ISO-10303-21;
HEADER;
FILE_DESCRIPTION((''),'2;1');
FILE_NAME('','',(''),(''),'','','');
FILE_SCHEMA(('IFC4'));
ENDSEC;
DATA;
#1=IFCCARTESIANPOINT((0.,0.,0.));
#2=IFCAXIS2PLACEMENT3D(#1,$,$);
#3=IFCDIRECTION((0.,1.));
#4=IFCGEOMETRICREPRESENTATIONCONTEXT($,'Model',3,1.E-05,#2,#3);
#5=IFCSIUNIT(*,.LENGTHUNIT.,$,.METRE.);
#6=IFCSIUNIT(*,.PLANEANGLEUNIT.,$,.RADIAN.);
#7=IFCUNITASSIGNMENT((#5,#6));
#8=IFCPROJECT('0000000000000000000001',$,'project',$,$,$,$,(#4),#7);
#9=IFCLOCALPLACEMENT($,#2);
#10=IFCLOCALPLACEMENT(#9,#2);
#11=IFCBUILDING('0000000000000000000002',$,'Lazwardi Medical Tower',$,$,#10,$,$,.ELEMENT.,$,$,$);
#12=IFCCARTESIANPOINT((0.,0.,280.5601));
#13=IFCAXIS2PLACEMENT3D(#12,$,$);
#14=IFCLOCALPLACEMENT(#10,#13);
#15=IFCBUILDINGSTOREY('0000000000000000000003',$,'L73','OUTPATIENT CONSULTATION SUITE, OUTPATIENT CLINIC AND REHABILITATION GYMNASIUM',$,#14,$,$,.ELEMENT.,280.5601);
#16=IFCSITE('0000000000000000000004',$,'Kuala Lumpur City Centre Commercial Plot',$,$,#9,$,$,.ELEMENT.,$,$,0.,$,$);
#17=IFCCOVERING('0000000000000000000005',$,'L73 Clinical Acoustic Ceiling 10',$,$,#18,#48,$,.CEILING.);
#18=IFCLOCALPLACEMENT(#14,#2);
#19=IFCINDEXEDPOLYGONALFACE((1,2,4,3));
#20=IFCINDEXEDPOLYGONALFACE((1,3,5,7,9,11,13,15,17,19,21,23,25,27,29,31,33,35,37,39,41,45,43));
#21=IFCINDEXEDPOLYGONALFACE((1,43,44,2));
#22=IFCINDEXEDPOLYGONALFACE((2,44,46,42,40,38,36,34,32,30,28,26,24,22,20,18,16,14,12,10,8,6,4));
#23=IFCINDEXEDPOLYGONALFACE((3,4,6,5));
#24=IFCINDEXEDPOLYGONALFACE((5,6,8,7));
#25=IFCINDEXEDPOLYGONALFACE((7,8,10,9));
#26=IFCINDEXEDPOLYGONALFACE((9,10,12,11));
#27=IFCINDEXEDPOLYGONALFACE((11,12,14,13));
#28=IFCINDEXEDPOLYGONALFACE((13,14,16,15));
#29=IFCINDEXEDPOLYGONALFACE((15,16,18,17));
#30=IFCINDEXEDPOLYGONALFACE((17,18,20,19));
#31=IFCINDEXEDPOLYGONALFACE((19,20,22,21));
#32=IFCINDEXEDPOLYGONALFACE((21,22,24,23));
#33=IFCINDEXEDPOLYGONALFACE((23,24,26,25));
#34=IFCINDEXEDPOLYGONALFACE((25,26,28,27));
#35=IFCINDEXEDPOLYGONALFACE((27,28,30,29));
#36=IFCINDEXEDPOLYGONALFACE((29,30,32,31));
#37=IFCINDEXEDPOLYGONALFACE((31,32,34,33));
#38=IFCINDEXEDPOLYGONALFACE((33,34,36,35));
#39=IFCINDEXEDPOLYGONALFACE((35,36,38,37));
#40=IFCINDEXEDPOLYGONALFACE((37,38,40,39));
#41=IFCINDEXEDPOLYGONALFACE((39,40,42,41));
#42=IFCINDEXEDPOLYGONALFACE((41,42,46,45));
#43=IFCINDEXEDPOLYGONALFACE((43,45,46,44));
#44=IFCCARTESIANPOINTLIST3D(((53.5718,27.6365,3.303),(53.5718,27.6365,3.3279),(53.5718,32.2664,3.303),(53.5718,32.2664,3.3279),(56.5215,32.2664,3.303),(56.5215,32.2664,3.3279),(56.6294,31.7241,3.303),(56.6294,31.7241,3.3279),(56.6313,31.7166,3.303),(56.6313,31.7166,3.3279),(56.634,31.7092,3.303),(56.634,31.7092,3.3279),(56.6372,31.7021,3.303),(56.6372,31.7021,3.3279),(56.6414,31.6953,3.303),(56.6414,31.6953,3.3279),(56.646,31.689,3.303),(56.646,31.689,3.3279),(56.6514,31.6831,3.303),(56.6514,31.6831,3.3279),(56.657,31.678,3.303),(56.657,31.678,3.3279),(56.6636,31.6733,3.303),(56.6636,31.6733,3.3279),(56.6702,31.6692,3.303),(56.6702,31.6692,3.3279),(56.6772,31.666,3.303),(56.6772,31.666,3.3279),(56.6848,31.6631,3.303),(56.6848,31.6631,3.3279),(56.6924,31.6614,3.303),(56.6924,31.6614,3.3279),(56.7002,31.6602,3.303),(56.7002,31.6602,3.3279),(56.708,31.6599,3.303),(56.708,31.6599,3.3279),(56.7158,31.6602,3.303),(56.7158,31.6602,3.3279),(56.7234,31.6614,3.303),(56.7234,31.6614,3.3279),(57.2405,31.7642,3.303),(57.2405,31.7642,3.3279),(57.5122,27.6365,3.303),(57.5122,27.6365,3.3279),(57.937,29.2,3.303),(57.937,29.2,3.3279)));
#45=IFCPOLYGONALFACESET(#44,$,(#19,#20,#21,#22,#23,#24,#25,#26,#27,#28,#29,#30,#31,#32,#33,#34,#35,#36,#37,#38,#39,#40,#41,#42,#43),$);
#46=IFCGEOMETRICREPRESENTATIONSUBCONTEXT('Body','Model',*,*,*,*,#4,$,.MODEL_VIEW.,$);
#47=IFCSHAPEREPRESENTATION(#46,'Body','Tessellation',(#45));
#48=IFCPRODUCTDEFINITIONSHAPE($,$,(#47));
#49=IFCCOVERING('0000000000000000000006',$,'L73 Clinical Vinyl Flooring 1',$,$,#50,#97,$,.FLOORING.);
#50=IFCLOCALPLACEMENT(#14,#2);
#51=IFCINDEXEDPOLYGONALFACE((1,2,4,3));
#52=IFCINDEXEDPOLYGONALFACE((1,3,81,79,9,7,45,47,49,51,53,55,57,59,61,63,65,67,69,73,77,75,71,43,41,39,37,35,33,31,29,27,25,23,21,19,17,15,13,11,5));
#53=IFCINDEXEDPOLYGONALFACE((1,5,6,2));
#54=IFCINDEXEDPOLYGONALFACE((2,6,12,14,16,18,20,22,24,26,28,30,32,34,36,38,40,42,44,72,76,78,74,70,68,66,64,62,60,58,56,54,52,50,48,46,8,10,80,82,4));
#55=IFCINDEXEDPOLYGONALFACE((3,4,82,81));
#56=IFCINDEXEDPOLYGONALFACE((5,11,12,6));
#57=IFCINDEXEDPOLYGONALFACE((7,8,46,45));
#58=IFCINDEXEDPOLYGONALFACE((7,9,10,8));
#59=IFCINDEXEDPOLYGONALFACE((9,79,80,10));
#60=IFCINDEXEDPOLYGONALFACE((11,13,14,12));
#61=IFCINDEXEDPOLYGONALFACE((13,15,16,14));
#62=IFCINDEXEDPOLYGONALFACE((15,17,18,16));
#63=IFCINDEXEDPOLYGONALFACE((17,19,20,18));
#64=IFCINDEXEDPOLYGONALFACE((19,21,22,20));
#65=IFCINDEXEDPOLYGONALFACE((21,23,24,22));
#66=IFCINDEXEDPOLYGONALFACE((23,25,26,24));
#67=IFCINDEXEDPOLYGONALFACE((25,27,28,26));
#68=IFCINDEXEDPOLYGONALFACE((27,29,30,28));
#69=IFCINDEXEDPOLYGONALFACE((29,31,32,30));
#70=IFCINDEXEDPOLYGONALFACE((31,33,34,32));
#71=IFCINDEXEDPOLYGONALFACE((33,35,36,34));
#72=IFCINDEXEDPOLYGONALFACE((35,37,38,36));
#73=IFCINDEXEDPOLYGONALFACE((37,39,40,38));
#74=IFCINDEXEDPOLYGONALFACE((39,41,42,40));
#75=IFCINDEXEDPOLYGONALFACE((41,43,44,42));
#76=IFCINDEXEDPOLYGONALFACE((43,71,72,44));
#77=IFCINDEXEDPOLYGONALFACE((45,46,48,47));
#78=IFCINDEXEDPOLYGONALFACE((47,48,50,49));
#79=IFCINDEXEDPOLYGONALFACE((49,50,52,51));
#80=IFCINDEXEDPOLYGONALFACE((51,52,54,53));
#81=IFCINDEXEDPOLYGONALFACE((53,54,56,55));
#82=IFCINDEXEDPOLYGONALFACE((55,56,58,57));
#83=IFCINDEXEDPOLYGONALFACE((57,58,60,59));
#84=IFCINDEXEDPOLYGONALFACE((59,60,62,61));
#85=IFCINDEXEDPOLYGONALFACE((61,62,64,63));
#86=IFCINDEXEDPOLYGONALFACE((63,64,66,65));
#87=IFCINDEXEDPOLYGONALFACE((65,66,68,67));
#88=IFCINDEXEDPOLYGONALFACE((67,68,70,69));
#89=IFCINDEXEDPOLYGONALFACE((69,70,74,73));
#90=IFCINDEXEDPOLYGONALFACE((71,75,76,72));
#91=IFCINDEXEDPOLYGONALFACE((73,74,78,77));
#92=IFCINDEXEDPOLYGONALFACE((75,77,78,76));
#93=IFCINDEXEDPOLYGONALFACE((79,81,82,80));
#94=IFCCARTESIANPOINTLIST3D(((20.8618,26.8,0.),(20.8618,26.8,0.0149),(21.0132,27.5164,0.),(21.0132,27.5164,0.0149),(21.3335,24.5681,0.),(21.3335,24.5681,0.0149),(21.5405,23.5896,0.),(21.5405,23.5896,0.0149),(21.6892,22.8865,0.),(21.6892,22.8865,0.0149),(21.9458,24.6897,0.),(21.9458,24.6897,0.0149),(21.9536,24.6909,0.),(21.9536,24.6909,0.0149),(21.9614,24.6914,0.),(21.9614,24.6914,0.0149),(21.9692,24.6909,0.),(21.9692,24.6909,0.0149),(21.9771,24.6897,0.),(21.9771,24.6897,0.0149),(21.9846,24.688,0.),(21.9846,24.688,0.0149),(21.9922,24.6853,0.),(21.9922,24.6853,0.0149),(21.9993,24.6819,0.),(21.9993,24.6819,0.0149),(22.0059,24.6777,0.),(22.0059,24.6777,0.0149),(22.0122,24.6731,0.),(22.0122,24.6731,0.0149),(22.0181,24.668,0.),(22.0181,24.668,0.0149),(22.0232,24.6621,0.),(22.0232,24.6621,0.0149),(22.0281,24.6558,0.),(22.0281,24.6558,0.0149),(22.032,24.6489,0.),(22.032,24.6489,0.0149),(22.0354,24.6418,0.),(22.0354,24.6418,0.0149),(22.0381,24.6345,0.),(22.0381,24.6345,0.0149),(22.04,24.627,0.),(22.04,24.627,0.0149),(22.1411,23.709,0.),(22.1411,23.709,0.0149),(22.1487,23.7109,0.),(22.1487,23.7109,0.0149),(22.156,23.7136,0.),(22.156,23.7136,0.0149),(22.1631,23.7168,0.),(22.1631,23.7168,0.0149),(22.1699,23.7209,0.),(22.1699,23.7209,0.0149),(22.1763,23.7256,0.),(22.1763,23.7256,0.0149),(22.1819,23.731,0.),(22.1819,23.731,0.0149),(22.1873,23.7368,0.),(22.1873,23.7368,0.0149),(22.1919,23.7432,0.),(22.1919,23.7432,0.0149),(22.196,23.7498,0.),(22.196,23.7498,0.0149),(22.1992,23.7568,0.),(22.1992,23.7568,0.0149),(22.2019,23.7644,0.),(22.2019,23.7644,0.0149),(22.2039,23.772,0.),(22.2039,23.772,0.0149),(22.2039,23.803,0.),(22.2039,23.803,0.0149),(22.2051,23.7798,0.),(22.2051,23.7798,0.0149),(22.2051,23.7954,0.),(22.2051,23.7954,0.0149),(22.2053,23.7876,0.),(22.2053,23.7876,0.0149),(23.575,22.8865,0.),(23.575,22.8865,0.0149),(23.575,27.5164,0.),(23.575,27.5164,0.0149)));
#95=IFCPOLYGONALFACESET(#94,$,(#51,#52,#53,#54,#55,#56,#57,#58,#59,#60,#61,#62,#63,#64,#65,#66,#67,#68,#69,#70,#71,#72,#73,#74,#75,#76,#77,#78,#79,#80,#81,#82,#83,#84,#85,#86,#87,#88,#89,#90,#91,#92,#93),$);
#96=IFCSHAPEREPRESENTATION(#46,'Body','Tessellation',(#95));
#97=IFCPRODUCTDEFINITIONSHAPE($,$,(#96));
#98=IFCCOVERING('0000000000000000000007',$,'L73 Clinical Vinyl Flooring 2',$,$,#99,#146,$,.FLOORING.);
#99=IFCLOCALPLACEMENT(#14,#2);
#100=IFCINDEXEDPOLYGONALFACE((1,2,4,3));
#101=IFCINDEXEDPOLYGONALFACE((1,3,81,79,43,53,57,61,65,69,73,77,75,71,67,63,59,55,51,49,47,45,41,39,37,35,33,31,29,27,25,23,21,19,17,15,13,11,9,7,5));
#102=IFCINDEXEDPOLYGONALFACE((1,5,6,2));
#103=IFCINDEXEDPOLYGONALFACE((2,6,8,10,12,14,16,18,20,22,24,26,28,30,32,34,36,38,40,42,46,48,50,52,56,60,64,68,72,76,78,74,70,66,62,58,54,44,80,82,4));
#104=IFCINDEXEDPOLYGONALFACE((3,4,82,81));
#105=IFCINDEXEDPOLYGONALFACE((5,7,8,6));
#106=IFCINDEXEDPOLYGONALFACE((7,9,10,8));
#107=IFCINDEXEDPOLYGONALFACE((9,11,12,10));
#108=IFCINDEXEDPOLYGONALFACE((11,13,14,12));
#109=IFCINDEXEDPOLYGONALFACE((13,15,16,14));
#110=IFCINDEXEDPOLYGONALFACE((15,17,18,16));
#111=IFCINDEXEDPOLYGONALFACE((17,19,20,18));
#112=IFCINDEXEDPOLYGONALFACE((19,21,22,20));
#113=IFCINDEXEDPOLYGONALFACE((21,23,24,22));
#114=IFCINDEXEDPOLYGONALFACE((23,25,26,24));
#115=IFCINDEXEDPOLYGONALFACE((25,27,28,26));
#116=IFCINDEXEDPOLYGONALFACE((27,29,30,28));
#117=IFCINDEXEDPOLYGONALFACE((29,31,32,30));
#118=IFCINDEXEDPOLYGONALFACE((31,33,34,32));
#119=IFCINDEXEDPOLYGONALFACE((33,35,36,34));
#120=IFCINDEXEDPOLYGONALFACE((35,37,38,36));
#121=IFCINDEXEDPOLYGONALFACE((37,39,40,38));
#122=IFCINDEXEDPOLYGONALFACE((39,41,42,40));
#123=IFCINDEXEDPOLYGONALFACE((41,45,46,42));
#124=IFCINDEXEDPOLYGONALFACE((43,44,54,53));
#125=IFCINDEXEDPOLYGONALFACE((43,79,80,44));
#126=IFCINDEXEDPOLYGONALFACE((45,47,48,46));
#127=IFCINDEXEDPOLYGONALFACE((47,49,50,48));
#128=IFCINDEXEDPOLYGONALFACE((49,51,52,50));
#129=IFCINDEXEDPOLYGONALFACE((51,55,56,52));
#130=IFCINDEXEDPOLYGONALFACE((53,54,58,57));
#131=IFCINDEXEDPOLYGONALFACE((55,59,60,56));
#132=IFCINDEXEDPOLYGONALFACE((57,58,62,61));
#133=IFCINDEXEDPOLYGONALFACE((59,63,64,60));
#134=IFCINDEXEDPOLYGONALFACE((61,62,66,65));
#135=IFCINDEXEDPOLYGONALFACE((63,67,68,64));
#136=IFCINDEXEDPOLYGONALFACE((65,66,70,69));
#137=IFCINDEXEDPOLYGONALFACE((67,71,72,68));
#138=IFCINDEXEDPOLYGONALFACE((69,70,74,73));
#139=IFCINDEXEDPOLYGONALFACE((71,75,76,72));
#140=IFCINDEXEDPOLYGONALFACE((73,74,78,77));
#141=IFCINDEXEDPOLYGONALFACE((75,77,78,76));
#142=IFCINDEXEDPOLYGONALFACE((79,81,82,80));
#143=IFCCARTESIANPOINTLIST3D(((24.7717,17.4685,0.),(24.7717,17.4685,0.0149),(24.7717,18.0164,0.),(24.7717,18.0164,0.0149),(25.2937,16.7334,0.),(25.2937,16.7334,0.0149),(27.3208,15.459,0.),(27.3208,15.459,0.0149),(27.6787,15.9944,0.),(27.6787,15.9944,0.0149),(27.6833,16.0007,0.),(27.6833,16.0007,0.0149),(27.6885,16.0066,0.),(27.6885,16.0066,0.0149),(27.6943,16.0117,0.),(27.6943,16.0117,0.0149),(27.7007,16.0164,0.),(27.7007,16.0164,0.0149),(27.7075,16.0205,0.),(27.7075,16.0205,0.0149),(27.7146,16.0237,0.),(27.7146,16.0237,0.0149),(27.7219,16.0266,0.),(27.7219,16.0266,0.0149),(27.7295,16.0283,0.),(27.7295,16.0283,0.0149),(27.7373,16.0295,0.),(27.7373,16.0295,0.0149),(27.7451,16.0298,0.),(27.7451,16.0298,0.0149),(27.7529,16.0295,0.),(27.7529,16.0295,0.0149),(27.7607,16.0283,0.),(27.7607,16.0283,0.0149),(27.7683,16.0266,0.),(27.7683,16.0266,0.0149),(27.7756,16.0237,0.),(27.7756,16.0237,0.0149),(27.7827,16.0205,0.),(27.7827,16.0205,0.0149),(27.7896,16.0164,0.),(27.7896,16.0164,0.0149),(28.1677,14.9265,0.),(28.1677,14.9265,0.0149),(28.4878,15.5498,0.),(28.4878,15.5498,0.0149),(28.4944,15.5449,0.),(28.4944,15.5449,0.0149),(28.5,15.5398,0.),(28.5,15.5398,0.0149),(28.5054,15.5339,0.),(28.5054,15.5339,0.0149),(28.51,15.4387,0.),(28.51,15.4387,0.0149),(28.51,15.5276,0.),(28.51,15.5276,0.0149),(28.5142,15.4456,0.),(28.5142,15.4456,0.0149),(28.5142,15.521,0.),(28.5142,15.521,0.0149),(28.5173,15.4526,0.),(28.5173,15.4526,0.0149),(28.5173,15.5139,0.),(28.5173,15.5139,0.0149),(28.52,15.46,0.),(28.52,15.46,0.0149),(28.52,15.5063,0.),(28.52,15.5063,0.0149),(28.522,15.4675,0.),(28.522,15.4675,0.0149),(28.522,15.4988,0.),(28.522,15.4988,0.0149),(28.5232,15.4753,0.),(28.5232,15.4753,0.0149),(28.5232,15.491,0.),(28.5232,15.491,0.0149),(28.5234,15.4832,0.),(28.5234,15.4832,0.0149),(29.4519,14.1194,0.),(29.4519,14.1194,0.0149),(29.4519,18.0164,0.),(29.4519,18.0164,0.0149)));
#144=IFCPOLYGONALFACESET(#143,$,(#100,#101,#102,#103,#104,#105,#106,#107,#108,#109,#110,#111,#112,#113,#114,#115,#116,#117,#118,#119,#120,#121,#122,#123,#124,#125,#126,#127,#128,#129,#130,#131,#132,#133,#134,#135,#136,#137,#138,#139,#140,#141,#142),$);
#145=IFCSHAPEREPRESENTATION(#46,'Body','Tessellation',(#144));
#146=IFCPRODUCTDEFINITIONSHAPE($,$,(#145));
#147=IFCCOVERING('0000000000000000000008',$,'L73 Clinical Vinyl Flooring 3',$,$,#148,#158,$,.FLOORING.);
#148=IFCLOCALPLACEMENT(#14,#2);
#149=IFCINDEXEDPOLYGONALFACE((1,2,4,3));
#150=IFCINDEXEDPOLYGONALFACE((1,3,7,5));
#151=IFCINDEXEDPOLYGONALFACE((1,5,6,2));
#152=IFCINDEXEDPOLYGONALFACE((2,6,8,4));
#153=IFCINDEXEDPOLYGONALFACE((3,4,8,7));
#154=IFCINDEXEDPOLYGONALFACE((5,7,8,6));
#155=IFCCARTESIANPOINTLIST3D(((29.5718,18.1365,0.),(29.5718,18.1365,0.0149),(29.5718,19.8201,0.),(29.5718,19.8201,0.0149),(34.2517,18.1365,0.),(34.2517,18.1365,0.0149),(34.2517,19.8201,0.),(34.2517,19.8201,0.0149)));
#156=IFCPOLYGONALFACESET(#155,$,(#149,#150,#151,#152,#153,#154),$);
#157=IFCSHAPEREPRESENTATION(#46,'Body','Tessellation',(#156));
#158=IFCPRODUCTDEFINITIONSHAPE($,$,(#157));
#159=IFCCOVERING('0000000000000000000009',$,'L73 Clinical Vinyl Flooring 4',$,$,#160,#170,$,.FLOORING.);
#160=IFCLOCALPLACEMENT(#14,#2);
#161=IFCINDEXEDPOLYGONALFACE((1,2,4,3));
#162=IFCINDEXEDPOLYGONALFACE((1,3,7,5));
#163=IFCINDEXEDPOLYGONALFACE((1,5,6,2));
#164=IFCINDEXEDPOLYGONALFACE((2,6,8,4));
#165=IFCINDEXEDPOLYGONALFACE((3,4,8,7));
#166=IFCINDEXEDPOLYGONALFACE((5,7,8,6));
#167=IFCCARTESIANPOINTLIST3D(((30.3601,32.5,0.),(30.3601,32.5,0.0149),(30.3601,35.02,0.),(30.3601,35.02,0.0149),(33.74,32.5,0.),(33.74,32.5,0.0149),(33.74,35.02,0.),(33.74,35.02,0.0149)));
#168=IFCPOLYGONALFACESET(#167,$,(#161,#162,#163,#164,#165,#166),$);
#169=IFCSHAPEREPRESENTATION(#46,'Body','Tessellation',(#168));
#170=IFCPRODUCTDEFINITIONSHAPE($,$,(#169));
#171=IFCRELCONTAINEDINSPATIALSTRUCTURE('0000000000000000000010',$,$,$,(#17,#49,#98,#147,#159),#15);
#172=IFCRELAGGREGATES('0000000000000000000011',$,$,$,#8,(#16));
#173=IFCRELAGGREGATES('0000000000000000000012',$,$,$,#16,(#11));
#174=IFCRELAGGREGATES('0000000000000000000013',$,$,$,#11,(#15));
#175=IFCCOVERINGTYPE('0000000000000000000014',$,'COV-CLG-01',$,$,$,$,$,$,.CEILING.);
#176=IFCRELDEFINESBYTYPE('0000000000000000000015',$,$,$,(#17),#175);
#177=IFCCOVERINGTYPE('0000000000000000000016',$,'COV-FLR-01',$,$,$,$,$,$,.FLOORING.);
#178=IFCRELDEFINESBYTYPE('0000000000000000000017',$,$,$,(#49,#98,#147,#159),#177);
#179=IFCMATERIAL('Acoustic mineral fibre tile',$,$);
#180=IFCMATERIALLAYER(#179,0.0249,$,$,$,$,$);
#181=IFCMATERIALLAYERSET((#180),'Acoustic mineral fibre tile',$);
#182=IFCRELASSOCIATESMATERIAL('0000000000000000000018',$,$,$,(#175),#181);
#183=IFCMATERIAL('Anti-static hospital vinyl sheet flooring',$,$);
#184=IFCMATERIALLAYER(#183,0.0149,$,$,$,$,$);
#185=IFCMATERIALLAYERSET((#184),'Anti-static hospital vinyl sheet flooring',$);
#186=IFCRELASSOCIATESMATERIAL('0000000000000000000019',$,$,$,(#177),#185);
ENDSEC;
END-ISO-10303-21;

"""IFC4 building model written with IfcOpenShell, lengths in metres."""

from ifc_helpers import new_model, si_unit, direction, frame, origin, place, context, subcontext, project, spatial, polyline, outline, extrude, material, layer, layer_set, type_object, element, save


model = new_model("IFC4")

# Units and contexts
model_context = context("Model", 3, precision=1e-05, world=origin(), true_north=direction((0.0, 1.0)))
body_context = subcontext(model_context, "Body", "Model", "MODEL_VIEW")
ifc_project = project(units=[si_unit("LENGTHUNIT", "METRE"), si_unit("PLANEANGLEUNIT", "RADIAN")], contexts=[model_context])

# Site, building, storey
site_placement = place(None, origin())
site = spatial("IfcSite", under=ifc_project, at=site_placement, Name="Kuala Lumpur City Centre Commercial Plot", CompositionType="ELEMENT", RefElevation=0.0)
building_placement = place(site_placement, origin())
building = spatial("IfcBuilding", under=site, at=building_placement, Name="Lazwardi Medical Tower", CompositionType="ELEMENT")
storey_placement = place(building_placement, frame((0.0, 0.0, 280.5601)))
storey = spatial("IfcBuildingStorey", under=building, at=storey_placement, Name="L73", Description="OUTPATIENT CONSULTATION SUITE, OUTPATIENT CLINIC AND REHABILITATION GYMNASIUM", CompositionType="ELEMENT", Elevation=280.5601)

# Coverings
ifc_material_1 = material(Name="Acoustic mineral fibre tile")
ifc_layer_1 = layer(ifc_material_1, 0.0249)
ifc_layer_set_1 = layer_set([ifc_layer_1], Name="Acoustic mineral fibre tile")
covering_type_1 = type_object("IfcCoveringType", Name="COV-CLG-01", PredefinedType="CEILING", material=ifc_layer_set_1)
covering_1_placement = place(storey_placement, frame((0.0, 0.0, 3.303)))
element("IfcCovering", 1, at=covering_1_placement, inside=storey, type_object=covering_type_1, Name="L73 Clinical Acoustic Ceiling 10", PredefinedType="CEILING", context=body_context, shape_type="SweptSolid", body=[
    extrude(outline(polyline([(57.5122, 27.6365), (57.937, 29.2), (57.2405, 31.7642), (56.7234, 31.6614), (56.7158, 31.6602), (56.708, 31.6599), (56.7002, 31.6602), (56.6924, 31.6614), (56.6848, 31.6631), (56.6772, 31.666), (56.6702, 31.6692), (56.6636, 31.6733), (56.657, 31.678), (56.6514, 31.6831), (56.646, 31.689), (56.6414, 31.6953), (56.6372, 31.7021), (56.634, 31.7092), (56.6313, 31.7166), (56.6294, 31.7241), (56.5215, 32.2664), (53.5718, 32.2664), (53.5718, 27.6365), (57.5122, 27.6365)])), origin(), (0.0, 0.0, 1.0), 0.0249),
])
ifc_material_2 = material(Name="Anti-static hospital vinyl sheet flooring")
ifc_layer_2 = layer(ifc_material_2, 0.0149)
ifc_layer_set_2 = layer_set([ifc_layer_2], Name="Anti-static hospital vinyl sheet flooring")
covering_type_2 = type_object("IfcCoveringType", Name="COV-FLR-01", PredefinedType="FLOORING", material=ifc_layer_set_2)
covering_2_placement = place(storey_placement, origin())
element("IfcCovering", 2, at=covering_2_placement, inside=storey, type_object=covering_type_2, Name="L73 Clinical Vinyl Flooring 1", PredefinedType="FLOORING", context=body_context, shape_type="SweptSolid", body=[
    extrude(outline(polyline([(21.0132, 27.5164), (20.8618, 26.8), (21.3335, 24.5681), (21.9458, 24.6897), (21.9536, 24.6909), (21.9614, 24.6914), (21.9692, 24.6909), (21.9771, 24.6897), (21.9846, 24.688), (21.9922, 24.6853), (21.9993, 24.6819), (22.0059, 24.6777), (22.0122, 24.6731), (22.0181, 24.668), (22.0232, 24.6621), (22.0281, 24.6558), (22.032, 24.6489), (22.0354, 24.6418), (22.0381, 24.6345), (22.04, 24.627), (22.2039, 23.803), (22.2051, 23.7954), (22.2053, 23.7876), (22.2051, 23.7798), (22.2039, 23.772), (22.2019, 23.7644), (22.1992, 23.7568), (22.196, 23.7498), (22.1919, 23.7432), (22.1873, 23.7368), (22.1819, 23.731), (22.1763, 23.7256), (22.1699, 23.7209), (22.1631, 23.7168), (22.156, 23.7136), (22.1487, 23.7109), (22.1411, 23.709), (21.5405, 23.5896), (21.6892, 22.8865), (23.575, 22.8865), (23.575, 27.5164), (21.0132, 27.5164)])), origin(), (0.0, 0.0, 1.0), 0.0149),
])
covering_3_placement = place(storey_placement, origin())
element("IfcCovering", 3, at=covering_3_placement, inside=storey, type_object=covering_type_2, Name="L73 Clinical Vinyl Flooring 2", PredefinedType="FLOORING", context=body_context, shape_type="SweptSolid", body=[
    extrude(outline(polyline([(24.7717, 17.4685), (25.2937, 16.7334), (27.3208, 15.459), (27.6787, 15.9944), (27.6833, 16.0007), (27.6885, 16.0066), (27.6943, 16.0117), (27.7007, 16.0164), (27.7075, 16.0205), (27.7146, 16.0237), (27.7219, 16.0266), (27.7295, 16.0283), (27.7373, 16.0295), (27.7451, 16.0298), (27.7529, 16.0295), (27.7607, 16.0283), (27.7683, 16.0266), (27.7756, 16.0237), (27.7827, 16.0205), (27.7896, 16.0164), (28.4878, 15.5498), (28.4944, 15.5449), (28.5, 15.5398), (28.5054, 15.5339), (28.51, 15.5276), (28.5142, 15.521), (28.5173, 15.5139), (28.52, 15.5063), (28.522, 15.4988), (28.5232, 15.491), (28.5234, 15.4832), (28.5232, 15.4753), (28.522, 15.4675), (28.52, 15.46), (28.5173, 15.4526), (28.5142, 15.4456), (28.51, 15.4387), (28.1677, 14.9265), (29.4519, 14.1194), (29.4519, 18.0164), (24.7717, 18.0164), (24.7717, 17.4685)])), origin(), (0.0, 0.0, 1.0), 0.0149),
])
covering_4_placement = place(storey_placement, origin())
element("IfcCovering", 4, at=covering_4_placement, inside=storey, type_object=covering_type_2, Name="L73 Clinical Vinyl Flooring 3", PredefinedType="FLOORING", context=body_context, shape_type="SweptSolid", body=[
    extrude(outline(polyline([(34.2517, 19.8201), (29.5718, 19.8201), (29.5718, 18.1365), (34.2517, 18.1365), (34.2517, 19.8201)])), origin(), (0.0, 0.0, 1.0), 0.0149),
])
covering_5_placement = place(storey_placement, origin())
element("IfcCovering", 5, at=covering_5_placement, inside=storey, type_object=covering_type_2, Name="L73 Clinical Vinyl Flooring 4", PredefinedType="FLOORING", context=body_context, shape_type="SweptSolid", body=[
    extrude(outline(polyline([(33.74, 32.5), (33.74, 35.02), (30.3601, 35.02), (30.3601, 32.5), (33.74, 32.5)])), origin(), (0.0, 0.0, 1.0), 0.0149),
])

save(model, "model.ifc")
